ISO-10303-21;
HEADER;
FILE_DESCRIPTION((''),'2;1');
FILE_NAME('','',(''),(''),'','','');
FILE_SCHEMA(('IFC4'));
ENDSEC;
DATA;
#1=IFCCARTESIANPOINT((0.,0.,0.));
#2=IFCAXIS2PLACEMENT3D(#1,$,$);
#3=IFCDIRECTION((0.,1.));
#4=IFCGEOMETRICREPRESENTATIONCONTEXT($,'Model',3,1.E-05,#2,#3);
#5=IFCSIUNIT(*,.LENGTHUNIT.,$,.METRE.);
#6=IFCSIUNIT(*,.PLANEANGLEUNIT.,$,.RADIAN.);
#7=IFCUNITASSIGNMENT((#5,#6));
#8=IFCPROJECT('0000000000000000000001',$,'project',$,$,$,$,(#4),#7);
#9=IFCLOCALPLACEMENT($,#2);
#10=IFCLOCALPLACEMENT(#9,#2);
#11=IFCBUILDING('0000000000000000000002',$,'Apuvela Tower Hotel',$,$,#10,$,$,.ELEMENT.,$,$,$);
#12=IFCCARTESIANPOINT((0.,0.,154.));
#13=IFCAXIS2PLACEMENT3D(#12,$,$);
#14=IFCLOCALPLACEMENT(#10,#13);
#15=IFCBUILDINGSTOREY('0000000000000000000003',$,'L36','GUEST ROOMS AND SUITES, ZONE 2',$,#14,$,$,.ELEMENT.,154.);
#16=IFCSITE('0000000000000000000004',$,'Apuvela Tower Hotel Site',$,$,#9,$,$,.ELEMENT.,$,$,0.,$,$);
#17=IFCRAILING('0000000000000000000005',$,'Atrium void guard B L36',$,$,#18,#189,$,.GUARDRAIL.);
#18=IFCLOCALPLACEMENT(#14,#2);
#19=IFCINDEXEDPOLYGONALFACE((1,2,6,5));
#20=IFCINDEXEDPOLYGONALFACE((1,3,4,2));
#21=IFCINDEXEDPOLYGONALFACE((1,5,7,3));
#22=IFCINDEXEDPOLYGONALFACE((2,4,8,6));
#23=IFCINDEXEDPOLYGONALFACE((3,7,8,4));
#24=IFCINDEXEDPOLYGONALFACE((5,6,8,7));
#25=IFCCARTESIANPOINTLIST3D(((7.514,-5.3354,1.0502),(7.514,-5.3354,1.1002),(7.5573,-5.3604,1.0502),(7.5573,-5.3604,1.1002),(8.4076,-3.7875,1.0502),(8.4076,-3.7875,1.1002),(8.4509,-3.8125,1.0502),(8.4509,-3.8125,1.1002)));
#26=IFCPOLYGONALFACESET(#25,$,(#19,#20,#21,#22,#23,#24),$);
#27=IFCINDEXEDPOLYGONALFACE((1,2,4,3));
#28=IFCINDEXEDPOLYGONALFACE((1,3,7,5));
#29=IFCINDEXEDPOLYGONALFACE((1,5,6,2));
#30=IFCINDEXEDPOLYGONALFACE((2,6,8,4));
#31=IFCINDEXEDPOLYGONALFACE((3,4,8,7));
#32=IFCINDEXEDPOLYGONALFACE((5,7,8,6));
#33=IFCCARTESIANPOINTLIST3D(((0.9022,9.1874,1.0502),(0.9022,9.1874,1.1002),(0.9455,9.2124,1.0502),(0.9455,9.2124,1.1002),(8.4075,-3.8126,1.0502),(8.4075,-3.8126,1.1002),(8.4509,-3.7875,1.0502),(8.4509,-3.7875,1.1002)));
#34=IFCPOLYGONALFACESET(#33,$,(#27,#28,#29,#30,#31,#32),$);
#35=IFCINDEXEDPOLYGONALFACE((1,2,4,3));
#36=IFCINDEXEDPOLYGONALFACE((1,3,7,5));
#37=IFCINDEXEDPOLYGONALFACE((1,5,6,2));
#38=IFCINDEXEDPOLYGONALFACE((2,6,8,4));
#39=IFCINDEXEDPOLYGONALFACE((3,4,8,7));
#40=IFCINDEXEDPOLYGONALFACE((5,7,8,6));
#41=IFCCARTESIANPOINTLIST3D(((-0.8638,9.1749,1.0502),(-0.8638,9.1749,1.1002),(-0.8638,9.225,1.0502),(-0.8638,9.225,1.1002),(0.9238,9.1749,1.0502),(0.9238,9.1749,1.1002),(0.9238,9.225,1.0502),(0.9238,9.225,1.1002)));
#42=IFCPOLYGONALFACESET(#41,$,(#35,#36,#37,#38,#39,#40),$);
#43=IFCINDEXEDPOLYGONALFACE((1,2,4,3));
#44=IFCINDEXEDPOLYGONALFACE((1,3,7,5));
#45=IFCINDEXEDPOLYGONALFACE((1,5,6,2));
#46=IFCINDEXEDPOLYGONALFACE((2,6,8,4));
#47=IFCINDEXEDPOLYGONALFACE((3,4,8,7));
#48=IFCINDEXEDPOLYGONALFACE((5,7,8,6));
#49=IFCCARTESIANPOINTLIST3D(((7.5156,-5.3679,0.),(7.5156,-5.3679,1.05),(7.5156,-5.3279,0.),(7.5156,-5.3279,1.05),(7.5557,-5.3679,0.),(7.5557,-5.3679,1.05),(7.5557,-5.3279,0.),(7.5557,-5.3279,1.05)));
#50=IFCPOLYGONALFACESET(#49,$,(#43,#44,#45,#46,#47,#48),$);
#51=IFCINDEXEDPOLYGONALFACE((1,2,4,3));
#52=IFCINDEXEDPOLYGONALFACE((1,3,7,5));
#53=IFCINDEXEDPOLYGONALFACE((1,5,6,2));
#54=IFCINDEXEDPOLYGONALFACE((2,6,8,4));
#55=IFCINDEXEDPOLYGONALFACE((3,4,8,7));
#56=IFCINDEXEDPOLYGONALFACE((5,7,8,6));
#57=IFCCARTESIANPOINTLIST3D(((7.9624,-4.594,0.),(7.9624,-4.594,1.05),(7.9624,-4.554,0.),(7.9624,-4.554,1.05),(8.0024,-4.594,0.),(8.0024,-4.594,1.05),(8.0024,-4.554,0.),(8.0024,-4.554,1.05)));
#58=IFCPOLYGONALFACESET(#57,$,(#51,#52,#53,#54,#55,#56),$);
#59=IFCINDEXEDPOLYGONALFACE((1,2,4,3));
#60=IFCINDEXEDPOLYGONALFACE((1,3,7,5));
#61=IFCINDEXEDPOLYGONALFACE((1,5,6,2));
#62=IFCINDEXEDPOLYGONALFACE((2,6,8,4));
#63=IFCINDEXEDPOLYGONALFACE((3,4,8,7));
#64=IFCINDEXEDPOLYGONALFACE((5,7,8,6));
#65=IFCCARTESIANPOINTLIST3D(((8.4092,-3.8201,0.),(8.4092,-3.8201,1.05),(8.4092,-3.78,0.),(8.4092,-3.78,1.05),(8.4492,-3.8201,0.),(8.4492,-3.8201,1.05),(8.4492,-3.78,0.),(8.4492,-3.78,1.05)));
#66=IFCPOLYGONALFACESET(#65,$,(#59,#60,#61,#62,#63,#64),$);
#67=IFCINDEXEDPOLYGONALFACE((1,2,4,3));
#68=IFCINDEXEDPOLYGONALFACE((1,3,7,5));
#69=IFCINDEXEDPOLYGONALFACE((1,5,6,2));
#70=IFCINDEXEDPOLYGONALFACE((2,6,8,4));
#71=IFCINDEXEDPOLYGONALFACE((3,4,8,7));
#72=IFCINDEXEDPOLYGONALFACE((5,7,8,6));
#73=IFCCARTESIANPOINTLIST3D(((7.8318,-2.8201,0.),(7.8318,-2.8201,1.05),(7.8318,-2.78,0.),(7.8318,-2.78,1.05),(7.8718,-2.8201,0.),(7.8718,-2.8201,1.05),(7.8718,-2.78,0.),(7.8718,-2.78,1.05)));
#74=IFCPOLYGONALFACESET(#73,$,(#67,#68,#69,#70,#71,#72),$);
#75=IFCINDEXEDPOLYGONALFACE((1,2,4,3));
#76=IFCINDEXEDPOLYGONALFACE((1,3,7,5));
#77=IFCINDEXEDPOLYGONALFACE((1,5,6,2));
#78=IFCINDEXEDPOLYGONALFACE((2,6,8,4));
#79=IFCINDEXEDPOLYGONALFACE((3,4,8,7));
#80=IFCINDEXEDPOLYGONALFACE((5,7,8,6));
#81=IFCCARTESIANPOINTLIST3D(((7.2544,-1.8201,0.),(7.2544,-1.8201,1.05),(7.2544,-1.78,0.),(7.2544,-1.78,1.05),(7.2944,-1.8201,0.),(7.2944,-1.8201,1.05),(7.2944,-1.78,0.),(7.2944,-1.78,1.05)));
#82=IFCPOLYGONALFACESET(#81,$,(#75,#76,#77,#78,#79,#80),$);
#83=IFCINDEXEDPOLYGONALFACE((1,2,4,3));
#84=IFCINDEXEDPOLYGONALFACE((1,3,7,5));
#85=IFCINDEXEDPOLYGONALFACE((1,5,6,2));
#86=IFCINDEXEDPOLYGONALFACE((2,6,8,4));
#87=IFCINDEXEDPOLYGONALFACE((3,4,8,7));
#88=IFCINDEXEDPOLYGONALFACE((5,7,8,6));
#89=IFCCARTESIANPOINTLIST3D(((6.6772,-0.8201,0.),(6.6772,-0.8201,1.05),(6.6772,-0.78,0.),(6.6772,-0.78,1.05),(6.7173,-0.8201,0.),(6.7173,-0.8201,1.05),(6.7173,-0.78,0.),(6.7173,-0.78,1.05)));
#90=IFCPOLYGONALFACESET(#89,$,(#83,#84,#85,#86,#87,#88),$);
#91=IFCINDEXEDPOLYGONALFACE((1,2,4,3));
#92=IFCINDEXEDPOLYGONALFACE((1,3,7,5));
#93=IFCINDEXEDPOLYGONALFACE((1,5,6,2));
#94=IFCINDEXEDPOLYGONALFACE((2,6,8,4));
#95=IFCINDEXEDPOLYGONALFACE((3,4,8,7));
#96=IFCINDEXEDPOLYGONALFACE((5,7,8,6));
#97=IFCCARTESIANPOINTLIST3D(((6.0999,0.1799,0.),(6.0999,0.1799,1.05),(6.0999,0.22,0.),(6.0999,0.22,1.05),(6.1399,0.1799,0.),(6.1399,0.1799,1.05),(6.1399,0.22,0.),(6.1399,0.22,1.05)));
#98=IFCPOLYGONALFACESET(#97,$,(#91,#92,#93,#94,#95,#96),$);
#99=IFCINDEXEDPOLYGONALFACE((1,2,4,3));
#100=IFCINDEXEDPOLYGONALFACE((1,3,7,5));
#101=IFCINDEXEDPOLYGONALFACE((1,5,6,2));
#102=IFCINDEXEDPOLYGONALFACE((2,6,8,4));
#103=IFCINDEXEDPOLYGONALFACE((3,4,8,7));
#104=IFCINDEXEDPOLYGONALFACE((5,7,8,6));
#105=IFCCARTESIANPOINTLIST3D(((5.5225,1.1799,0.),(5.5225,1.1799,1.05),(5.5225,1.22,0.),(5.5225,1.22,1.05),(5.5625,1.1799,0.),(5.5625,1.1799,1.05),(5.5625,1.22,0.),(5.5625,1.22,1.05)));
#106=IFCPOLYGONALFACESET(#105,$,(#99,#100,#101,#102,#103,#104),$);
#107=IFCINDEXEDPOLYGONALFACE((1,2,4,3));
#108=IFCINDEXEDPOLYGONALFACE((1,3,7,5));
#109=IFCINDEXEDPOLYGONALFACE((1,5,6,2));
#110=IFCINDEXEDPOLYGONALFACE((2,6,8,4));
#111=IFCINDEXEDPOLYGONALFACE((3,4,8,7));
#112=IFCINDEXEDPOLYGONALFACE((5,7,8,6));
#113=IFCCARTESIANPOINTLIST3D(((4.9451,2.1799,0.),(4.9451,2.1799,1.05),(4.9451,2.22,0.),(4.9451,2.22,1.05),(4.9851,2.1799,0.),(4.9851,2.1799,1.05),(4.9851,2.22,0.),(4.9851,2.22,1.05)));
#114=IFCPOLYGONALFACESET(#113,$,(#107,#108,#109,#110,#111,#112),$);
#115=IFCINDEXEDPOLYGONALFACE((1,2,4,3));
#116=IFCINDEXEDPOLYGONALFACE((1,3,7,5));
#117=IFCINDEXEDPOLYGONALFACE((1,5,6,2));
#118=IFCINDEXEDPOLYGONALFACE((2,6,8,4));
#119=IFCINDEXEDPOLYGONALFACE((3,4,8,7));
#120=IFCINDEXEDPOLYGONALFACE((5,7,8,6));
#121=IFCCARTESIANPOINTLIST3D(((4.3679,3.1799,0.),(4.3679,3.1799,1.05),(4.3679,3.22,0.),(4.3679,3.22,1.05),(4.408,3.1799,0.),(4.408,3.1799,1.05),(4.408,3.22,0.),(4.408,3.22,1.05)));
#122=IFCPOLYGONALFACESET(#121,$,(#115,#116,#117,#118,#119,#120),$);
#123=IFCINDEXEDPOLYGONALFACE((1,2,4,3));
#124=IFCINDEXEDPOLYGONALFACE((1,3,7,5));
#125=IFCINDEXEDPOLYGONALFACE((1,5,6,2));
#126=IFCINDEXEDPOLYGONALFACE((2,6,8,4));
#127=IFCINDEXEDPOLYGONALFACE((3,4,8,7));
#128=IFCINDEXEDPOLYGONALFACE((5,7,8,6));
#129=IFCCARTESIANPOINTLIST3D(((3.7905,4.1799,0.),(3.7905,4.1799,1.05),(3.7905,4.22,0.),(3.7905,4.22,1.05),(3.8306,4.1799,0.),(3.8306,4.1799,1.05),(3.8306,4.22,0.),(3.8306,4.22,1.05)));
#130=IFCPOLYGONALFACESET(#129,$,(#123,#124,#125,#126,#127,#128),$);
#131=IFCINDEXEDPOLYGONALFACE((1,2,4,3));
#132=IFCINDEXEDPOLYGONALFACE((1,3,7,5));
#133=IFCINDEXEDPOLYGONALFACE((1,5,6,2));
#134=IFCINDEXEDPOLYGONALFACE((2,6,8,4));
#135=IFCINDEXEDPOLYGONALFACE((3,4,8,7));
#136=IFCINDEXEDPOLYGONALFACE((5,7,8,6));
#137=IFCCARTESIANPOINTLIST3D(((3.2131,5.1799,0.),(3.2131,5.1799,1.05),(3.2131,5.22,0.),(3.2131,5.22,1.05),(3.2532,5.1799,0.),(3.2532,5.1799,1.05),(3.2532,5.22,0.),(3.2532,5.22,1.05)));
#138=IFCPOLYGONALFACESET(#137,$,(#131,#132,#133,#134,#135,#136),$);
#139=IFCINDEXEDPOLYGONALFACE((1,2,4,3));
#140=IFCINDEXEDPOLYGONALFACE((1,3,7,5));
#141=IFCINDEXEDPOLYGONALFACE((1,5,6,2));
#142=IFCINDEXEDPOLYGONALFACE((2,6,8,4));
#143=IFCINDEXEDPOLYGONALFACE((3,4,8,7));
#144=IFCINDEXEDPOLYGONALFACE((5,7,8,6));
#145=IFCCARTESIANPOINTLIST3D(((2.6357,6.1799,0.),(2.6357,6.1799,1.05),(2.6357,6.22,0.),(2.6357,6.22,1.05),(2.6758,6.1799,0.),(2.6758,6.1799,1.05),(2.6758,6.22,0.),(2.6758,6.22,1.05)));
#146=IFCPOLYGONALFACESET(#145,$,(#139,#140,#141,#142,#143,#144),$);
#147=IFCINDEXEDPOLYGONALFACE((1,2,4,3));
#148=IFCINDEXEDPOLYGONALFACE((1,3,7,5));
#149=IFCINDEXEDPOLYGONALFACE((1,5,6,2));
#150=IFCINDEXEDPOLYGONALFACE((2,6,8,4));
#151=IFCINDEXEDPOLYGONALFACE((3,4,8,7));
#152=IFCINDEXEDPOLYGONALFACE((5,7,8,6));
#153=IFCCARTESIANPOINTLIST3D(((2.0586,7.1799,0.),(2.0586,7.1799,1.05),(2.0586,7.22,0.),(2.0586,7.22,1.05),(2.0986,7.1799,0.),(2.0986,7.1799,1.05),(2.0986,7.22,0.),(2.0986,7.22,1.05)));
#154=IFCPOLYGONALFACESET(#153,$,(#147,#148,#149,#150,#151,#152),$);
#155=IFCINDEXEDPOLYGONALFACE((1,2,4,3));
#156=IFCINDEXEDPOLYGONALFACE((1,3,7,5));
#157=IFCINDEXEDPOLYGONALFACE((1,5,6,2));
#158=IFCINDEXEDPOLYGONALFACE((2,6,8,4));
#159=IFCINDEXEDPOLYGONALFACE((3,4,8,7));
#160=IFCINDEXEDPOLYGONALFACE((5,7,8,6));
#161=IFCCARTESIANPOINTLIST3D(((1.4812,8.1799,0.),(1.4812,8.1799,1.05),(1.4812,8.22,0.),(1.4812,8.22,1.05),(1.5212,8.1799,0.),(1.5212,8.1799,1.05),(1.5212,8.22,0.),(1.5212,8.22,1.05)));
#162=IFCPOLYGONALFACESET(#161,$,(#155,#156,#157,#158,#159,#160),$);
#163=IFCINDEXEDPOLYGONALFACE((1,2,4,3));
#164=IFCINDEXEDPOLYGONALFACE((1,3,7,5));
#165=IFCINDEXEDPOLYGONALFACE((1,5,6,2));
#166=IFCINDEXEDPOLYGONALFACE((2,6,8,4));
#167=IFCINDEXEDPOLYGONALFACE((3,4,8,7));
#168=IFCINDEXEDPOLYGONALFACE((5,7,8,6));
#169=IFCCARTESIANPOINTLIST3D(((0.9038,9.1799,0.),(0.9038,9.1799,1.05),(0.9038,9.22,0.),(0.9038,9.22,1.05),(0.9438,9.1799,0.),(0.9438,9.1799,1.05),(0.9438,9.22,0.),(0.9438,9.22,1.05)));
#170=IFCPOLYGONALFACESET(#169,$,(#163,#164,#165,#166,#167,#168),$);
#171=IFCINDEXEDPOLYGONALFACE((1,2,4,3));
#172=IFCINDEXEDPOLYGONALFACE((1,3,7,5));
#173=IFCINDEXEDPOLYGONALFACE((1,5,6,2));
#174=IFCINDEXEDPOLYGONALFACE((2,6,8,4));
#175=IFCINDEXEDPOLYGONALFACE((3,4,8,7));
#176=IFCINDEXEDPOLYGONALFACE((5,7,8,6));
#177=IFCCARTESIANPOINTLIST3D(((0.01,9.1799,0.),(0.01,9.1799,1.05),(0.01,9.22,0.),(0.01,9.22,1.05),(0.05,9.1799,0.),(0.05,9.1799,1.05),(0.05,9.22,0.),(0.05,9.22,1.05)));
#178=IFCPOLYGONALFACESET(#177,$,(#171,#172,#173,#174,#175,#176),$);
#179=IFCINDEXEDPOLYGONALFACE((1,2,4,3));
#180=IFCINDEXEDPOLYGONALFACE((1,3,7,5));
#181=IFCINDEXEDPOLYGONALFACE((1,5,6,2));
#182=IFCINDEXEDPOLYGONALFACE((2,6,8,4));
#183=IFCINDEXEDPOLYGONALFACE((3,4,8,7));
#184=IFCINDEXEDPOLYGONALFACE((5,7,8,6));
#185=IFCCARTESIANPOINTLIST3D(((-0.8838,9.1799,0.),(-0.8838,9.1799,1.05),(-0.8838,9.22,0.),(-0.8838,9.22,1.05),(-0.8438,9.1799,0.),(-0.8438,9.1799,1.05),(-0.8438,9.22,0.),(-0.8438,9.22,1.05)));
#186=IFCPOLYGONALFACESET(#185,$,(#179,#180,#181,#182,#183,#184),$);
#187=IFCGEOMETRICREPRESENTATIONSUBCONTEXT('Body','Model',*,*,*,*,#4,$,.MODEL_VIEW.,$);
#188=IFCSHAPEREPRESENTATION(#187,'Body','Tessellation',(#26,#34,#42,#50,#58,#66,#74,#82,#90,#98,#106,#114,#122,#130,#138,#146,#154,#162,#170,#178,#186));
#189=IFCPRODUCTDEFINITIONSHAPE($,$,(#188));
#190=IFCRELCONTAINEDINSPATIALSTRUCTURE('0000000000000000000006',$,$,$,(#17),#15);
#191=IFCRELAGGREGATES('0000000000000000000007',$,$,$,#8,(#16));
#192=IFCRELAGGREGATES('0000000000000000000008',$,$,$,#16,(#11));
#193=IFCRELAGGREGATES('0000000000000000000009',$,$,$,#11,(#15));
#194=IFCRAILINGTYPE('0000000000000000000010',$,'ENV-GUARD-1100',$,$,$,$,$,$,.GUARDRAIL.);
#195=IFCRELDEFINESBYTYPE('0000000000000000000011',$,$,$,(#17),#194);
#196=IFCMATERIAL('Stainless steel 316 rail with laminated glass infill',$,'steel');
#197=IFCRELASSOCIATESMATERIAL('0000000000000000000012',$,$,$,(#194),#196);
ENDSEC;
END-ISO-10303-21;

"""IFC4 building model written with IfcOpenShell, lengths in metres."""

from ifc_helpers import new_model, si_unit, direction, frame, origin, origin_2d, place, context, subcontext, project, spatial, rectangle, extrude, material, type_object, element, save


model = new_model("IFC4")

# Units and contexts
model_context = context("Model", 3, precision=1e-05, world=origin(), true_north=direction((0.0, 1.0)))
body_context = subcontext(model_context, "Body", "Model", "MODEL_VIEW")
ifc_project = project(units=[si_unit("LENGTHUNIT", "METRE"), si_unit("PLANEANGLEUNIT", "RADIAN")], contexts=[model_context])

# Site, building, storey
site_placement = place(None, origin())
site = spatial("IfcSite", under=ifc_project, at=site_placement, Name="Apuvela Tower Hotel Site", CompositionType="ELEMENT", RefElevation=0.0)
building_placement = place(site_placement, origin())
building = spatial("IfcBuilding", under=site, at=building_placement, Name="Apuvela Tower Hotel", CompositionType="ELEMENT")
storey_placement = place(building_placement, frame((0.0, 0.0, 154.0)))
storey = spatial("IfcBuildingStorey", under=building, at=storey_placement, Name="L36", Description="GUEST ROOMS AND SUITES, ZONE 2", CompositionType="ELEMENT", Elevation=154.0)

# Railing
ifc_material_1 = material(Name="Stainless steel 316 rail with laminated glass infill", Category="steel")
railing_type = type_object("IfcRailingType", Name="ENV-GUARD-1100", PredefinedType="GUARDRAIL", material=ifc_material_1)
railing_placement = place(storey_placement, frame((7.5356, -5.3479, 0.0)))
element("IfcRailing", 1, at=railing_placement, inside=storey, type_object=railing_type, Name="Atrium void guard B L36", PredefinedType="GUARDRAIL", context=body_context, shape_type="SweptSolid", body=[
    extrude(rectangle(XDim=0.05, YDim=0.05, at=origin_2d()), frame((0.0, 0.0, 1.0752), z_axis=(0.499959, 0.866049, 0.0), x_axis=(-0.866049, 0.499959, 0.0)), (0.0, 0.0, 1.0), 1.7874),
    extrude(rectangle(XDim=0.05, YDim=0.05, at=origin_2d()), frame((0.8936, 1.5479, 1.0752), z_axis=(-0.499991, 0.866031, 0.0), x_axis=(-0.866031, -0.499991, 0.0)), (0.0, 0.0, 1.0), 15.011),
    extrude(rectangle(XDim=0.05, YDim=0.05, at=origin_2d()), frame((-6.6118, 14.5479, 1.0752), z_axis=(-1.0, 0.0, 0.0), x_axis=(0.0, -1.0, 0.0)), (0.0, 0.0, 1.0), 1.7876),
    extrude(rectangle(XDim=0.04, YDim=0.04, at=origin_2d()), origin(), (0.0, 0.0, 1.0), 1.05),
    extrude(rectangle(XDim=0.04, YDim=0.04, at=origin_2d()), frame((0.4468, 0.7739, 0.0)), (0.0, 0.0, 1.0), 1.05),
    extrude(rectangle(XDim=0.04, YDim=0.04, at=origin_2d()), frame((0.8936, 1.5479, 0.0)), (0.0, 0.0, 1.0), 1.05),
    extrude(rectangle(XDim=0.04, YDim=0.04, at=origin_2d()), frame((0.3162, 2.5479, 0.0)), (0.0, 0.0, 1.0), 1.05),
    extrude(rectangle(XDim=0.04, YDim=0.04, at=origin_2d()), frame((-0.2612, 3.5479, 0.0)), (0.0, 0.0, 1.0), 1.05),
    extrude(rectangle(XDim=0.04, YDim=0.04, at=origin_2d()), frame((-0.8384, 4.5479, 0.0)), (0.0, 0.0, 1.0), 1.05),
    extrude(rectangle(XDim=0.04, YDim=0.04, at=origin_2d()), frame((-1.4158, 5.5479, 0.0)), (0.0, 0.0, 1.0), 1.05),
    extrude(rectangle(XDim=0.04, YDim=0.04, at=origin_2d()), frame((-1.9932, 6.5479, 0.0)), (0.0, 0.0, 1.0), 1.05),
    extrude(rectangle(XDim=0.04, YDim=0.04, at=origin_2d()), frame((-2.5706, 7.5479, 0.0)), (0.0, 0.0, 1.0), 1.05),
    extrude(rectangle(XDim=0.04, YDim=0.04, at=origin_2d()), frame((-3.1477, 8.5479, 0.0)), (0.0, 0.0, 1.0), 1.05),
    extrude(rectangle(XDim=0.04, YDim=0.04, at=origin_2d()), frame((-3.7251, 9.5479, 0.0)), (0.0, 0.0, 1.0), 1.05),
    extrude(rectangle(XDim=0.04, YDim=0.04, at=origin_2d()), frame((-4.3025, 10.5479, 0.0)), (0.0, 0.0, 1.0), 1.05),
    extrude(rectangle(XDim=0.04, YDim=0.04, at=origin_2d()), frame((-4.8799, 11.5479, 0.0)), (0.0, 0.0, 1.0), 1.05),
    extrude(rectangle(XDim=0.04, YDim=0.04, at=origin_2d()), frame((-5.457, 12.5479, 0.0)), (0.0, 0.0, 1.0), 1.05),
    extrude(rectangle(XDim=0.04, YDim=0.04, at=origin_2d()), frame((-6.0344, 13.5479, 0.0)), (0.0, 0.0, 1.0), 1.05),
    extrude(rectangle(XDim=0.04, YDim=0.04, at=origin_2d()), frame((-6.6118, 14.5479, 0.0)), (0.0, 0.0, 1.0), 1.05),
    extrude(rectangle(XDim=0.04, YDim=0.04, at=origin_2d()), frame((-7.5056, 14.5479, 0.0)), (0.0, 0.0, 1.0), 1.05),
    extrude(rectangle(XDim=0.04, YDim=0.04, at=origin_2d()), frame((-8.3994, 14.5479, 0.0)), (0.0, 0.0, 1.0), 1.05),
])

save(model, "model.ifc")
